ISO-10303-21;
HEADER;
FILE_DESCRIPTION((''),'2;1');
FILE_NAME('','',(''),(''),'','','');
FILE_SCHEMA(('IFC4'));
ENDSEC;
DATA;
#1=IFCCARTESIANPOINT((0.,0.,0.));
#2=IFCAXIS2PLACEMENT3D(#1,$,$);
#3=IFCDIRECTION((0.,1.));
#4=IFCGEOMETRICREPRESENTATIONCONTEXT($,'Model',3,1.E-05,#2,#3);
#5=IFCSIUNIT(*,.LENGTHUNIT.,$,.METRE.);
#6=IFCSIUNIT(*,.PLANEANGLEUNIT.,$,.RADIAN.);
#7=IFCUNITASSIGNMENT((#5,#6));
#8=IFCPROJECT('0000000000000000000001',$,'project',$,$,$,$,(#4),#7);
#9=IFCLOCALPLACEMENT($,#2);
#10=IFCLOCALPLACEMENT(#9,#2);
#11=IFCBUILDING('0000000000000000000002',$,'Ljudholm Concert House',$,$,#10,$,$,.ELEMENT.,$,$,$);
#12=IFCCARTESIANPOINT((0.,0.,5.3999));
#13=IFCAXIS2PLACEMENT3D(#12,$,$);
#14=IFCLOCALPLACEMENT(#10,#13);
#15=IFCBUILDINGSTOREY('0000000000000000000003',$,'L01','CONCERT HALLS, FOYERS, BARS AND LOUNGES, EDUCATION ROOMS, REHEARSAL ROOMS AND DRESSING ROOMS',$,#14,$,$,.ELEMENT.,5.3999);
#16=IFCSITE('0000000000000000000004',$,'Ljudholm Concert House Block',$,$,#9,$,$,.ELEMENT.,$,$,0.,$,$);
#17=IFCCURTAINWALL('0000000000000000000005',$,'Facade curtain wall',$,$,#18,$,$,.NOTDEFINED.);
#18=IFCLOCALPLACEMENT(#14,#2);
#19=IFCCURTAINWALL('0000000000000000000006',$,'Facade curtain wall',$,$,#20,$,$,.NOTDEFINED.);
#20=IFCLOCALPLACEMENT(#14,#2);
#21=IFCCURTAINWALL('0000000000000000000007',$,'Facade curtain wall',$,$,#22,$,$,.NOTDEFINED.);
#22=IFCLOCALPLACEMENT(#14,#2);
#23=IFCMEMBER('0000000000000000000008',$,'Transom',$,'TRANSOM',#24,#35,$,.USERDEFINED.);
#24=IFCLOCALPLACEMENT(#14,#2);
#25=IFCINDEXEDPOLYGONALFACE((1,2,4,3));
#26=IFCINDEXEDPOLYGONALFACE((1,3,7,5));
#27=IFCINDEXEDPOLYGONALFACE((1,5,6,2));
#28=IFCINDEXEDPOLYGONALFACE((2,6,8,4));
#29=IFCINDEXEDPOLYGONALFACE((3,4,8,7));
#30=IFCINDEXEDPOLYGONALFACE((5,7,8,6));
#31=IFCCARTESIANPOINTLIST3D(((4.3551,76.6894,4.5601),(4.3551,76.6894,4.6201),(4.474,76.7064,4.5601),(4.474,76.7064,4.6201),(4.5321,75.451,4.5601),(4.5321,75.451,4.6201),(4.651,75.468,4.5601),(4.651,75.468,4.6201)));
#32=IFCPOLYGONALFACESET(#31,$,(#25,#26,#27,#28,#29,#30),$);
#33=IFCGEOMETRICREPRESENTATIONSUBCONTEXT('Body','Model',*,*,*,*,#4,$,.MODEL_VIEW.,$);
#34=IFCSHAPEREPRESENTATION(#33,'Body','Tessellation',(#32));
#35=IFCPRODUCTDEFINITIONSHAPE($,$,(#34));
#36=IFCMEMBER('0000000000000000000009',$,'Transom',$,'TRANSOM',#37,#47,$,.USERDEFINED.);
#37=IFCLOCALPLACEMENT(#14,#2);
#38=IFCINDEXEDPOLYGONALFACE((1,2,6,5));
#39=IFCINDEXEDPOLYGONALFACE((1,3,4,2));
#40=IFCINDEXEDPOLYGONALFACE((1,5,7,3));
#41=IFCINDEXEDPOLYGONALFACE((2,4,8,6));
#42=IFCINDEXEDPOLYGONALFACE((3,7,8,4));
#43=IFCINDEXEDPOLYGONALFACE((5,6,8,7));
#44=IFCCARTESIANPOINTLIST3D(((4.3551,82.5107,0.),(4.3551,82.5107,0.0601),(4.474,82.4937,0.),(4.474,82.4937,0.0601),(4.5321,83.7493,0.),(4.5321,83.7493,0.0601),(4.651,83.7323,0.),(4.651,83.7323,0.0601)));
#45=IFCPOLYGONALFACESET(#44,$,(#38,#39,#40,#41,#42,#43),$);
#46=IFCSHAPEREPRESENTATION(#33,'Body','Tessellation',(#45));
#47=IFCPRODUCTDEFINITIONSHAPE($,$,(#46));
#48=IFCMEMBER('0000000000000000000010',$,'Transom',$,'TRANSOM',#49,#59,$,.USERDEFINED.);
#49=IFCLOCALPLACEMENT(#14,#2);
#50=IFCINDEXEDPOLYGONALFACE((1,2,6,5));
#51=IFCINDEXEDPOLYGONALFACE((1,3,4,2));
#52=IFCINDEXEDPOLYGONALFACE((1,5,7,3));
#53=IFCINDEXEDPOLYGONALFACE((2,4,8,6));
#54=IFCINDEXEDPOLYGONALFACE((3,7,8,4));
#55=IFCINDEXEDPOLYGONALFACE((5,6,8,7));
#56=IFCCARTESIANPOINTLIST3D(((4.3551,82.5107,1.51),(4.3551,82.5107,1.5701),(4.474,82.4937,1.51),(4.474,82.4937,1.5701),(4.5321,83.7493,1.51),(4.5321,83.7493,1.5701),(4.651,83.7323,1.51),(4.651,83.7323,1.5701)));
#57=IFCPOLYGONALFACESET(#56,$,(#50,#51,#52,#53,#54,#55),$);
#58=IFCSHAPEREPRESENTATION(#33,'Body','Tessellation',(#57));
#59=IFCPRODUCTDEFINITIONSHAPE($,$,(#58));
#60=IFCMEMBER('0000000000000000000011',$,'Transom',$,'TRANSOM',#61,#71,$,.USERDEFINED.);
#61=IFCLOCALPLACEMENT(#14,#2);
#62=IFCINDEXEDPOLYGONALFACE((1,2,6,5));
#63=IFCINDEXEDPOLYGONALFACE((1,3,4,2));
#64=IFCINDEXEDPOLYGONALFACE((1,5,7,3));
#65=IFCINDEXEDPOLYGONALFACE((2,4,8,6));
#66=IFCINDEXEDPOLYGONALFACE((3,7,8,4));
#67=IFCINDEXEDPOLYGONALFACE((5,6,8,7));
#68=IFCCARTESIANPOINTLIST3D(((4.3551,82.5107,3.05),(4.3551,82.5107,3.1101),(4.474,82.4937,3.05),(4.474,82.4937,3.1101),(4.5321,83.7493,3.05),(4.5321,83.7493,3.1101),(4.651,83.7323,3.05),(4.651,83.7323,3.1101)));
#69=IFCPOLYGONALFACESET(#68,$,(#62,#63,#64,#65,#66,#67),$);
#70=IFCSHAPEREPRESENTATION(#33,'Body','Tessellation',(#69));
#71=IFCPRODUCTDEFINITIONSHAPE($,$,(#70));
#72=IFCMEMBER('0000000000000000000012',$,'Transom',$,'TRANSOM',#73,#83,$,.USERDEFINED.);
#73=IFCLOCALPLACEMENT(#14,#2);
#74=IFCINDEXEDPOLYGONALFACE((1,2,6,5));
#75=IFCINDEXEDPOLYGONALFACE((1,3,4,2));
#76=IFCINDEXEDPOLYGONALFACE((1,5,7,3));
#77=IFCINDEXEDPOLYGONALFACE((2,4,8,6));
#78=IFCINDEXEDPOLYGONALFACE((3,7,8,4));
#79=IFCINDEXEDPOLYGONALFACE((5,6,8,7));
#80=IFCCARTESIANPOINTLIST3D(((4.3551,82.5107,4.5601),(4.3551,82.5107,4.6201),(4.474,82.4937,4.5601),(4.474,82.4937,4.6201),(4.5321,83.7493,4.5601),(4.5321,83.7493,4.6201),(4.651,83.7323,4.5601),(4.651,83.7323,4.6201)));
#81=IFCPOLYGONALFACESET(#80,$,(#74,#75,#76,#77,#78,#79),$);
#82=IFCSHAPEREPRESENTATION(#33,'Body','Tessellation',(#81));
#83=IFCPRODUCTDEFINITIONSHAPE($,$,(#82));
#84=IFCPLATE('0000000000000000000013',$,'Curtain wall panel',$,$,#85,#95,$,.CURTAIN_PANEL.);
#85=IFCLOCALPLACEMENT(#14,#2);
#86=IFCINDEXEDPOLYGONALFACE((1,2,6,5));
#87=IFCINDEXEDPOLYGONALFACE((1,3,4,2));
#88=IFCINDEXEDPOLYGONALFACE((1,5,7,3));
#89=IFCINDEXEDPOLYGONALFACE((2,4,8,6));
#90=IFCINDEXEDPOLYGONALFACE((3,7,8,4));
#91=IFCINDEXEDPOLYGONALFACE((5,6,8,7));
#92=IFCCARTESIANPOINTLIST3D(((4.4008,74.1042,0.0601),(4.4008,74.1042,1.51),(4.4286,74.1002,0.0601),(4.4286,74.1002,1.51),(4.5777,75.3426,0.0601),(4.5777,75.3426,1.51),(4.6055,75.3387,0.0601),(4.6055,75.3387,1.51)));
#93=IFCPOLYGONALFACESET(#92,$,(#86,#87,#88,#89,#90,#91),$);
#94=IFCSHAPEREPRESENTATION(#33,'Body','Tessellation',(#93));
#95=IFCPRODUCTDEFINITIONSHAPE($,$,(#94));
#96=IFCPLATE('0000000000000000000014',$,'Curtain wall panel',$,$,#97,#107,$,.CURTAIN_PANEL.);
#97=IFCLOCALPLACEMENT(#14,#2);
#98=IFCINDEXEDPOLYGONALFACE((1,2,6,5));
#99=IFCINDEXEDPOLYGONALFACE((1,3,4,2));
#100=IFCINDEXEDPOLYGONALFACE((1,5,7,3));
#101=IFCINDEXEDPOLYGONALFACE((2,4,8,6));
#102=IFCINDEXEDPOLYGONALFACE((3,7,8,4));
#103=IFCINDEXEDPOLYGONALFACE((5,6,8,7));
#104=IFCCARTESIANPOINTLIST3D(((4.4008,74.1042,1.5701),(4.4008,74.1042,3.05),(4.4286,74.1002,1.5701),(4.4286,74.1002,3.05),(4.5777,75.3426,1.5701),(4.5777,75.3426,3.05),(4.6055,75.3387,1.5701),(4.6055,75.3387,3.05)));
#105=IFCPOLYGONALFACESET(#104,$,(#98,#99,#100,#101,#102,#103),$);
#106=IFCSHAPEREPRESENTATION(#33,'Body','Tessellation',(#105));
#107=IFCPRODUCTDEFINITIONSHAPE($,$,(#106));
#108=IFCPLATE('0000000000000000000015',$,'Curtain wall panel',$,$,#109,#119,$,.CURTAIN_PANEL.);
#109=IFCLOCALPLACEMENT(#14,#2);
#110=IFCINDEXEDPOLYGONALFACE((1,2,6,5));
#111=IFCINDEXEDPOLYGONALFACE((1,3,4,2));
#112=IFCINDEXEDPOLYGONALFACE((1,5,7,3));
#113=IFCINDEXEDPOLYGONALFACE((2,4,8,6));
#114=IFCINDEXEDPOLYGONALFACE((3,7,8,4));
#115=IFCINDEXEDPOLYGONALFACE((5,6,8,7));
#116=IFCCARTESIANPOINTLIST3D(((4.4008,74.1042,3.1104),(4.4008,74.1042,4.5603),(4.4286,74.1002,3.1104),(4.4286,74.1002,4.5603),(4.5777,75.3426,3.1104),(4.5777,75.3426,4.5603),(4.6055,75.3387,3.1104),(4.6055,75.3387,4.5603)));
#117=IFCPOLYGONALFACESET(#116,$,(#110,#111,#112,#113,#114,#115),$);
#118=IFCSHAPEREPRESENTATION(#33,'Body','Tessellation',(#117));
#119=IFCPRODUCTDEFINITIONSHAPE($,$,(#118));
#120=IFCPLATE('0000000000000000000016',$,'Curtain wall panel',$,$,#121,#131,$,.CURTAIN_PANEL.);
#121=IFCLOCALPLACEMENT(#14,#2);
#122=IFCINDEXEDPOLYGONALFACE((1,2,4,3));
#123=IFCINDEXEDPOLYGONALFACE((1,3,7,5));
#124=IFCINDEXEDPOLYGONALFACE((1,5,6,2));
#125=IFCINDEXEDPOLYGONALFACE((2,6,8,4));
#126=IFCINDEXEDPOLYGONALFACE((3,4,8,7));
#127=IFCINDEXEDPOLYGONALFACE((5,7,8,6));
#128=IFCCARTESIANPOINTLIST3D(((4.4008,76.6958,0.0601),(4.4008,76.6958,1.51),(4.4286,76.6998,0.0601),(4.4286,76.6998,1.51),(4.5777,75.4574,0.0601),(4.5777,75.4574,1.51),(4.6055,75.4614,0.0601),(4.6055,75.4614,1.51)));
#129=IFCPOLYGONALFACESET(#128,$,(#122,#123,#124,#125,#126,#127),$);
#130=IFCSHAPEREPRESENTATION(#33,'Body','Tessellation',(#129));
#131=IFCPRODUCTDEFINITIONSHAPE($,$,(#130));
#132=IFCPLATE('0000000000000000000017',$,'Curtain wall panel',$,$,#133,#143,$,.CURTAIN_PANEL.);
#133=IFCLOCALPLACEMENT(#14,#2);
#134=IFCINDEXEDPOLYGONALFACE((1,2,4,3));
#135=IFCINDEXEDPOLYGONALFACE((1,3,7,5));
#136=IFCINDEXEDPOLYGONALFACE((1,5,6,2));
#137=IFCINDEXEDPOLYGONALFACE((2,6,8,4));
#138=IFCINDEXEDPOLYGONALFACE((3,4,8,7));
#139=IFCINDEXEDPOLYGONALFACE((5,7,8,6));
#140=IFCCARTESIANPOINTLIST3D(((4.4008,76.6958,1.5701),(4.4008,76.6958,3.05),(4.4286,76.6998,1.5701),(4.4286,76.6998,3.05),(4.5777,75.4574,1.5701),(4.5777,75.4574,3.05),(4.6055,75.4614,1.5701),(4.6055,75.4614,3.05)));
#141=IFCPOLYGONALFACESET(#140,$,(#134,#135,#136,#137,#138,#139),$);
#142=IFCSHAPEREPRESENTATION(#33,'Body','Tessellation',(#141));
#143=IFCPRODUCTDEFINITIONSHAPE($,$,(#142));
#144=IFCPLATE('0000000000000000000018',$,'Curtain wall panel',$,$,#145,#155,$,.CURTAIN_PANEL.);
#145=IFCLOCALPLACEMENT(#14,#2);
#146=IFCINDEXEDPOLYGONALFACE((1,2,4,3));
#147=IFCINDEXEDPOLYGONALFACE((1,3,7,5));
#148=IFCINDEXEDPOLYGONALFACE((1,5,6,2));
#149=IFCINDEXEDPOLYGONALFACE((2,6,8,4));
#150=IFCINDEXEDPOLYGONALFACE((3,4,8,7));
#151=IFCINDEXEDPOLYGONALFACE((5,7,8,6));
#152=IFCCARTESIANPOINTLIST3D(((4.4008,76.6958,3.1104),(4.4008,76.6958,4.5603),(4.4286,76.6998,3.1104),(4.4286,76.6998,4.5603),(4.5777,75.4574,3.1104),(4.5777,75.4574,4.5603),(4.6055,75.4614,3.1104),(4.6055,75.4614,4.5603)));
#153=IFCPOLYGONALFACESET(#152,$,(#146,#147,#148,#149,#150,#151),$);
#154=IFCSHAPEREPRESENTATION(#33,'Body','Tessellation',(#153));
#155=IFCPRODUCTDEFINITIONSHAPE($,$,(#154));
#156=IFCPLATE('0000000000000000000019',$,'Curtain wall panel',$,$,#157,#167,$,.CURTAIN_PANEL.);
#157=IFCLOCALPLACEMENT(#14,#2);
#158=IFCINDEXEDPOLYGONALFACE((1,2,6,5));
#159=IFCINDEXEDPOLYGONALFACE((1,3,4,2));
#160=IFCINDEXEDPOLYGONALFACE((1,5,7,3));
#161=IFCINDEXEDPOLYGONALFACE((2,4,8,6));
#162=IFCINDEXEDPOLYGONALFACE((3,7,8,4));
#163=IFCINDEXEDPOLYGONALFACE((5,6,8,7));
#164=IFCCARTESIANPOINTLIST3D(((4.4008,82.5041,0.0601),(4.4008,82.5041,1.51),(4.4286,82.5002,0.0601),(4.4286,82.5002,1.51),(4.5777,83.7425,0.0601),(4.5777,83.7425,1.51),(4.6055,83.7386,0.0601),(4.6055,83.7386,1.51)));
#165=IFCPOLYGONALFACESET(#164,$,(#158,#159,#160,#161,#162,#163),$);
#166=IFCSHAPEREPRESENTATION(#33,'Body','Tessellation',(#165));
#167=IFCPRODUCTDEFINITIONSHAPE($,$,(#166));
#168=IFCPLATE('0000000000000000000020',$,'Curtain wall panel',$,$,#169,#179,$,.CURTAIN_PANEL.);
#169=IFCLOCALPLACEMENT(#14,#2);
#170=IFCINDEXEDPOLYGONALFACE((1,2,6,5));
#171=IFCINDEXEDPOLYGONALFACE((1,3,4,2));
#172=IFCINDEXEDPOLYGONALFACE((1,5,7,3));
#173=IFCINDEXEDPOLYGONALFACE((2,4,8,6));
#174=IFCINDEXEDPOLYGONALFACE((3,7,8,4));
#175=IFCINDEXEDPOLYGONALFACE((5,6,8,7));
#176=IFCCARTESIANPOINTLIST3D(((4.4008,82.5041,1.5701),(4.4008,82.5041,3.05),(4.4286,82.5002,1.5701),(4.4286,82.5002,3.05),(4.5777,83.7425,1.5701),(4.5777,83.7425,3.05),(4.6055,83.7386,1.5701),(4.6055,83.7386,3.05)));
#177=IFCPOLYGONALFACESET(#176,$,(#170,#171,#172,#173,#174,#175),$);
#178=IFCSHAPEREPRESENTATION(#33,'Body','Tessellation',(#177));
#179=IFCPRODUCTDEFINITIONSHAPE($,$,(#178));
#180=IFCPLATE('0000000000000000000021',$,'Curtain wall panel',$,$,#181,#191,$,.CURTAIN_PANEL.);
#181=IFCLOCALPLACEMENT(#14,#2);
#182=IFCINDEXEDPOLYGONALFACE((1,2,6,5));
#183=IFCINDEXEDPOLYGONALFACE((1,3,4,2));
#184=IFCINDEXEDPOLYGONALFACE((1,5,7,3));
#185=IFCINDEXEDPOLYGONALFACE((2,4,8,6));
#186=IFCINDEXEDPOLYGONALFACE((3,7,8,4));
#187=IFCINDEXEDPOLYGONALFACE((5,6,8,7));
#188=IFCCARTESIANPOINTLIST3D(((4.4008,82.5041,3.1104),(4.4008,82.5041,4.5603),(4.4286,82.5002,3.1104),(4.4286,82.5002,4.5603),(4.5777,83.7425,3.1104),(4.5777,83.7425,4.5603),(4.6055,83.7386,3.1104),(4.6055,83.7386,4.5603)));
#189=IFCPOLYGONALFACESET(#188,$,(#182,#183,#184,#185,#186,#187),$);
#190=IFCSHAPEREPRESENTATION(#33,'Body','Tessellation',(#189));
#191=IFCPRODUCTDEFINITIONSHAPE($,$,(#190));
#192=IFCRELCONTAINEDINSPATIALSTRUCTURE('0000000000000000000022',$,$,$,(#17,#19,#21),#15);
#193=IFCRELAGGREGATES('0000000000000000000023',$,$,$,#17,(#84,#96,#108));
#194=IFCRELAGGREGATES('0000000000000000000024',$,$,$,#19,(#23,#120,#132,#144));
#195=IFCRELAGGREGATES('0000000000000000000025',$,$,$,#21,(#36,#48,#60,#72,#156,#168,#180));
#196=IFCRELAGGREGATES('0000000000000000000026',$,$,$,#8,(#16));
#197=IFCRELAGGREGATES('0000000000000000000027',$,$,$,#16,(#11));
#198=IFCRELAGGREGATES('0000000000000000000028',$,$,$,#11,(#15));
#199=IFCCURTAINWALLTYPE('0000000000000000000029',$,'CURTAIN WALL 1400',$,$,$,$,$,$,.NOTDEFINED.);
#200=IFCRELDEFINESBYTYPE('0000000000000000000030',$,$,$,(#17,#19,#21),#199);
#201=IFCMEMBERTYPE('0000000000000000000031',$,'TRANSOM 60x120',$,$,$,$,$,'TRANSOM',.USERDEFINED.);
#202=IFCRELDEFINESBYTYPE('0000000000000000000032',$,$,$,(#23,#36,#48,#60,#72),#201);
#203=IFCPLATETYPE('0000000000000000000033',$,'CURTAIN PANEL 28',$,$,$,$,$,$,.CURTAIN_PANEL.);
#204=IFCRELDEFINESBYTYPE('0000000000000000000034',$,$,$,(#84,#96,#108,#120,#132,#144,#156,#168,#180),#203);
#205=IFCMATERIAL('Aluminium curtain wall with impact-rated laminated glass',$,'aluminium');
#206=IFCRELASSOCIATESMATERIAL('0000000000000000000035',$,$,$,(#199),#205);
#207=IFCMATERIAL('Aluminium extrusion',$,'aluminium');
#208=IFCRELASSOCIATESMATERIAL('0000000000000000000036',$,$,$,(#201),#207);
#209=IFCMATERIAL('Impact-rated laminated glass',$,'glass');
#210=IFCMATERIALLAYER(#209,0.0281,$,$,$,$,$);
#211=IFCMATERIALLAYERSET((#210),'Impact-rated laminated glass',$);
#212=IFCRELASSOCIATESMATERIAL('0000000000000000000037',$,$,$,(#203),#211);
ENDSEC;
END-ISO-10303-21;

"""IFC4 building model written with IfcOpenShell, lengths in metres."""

from ifc_helpers import new_model, si_unit, direction, frame, origin, origin_2d, place, context, subcontext, project, spatial, rectangle, extrude, material, layer, layer_set, material_profile, profile_set, type_object, element, aggregate, save


model = new_model("IFC4")

# Units and contexts
model_context = context("Model", 3, precision=1e-05, world=origin(), true_north=direction((0.0, 1.0)))
body_context = subcontext(model_context, "Body", "Model", "MODEL_VIEW")
ifc_project = project(units=[si_unit("LENGTHUNIT", "METRE"), si_unit("PLANEANGLEUNIT", "RADIAN")], contexts=[model_context])

# Site, building, storey
site_placement = place(None, origin())
site = spatial("IfcSite", under=ifc_project, at=site_placement, Name="Ljudholm Concert House Block", CompositionType="ELEMENT", RefElevation=0.0)
building_placement = place(site_placement, origin())
building = spatial("IfcBuilding", under=site, at=building_placement, Name="Ljudholm Concert House", CompositionType="ELEMENT")
storey_placement = place(building_placement, frame((0.0, 0.0, 5.3999)))
storey = spatial("IfcBuildingStorey", under=building, at=storey_placement, Name="L01", Description="CONCERT HALLS, FOYERS, BARS AND LOUNGES, EDUCATION ROOMS, REHEARSAL ROOMS AND DRESSING ROOMS", CompositionType="ELEMENT", Elevation=5.3999)

# Curtain wall
ifc_material_1 = material(Name="Aluminium curtain wall with impact-rated laminated glass", Category="aluminium")
curtain_wall_type = type_object("IfcCurtainWallType", Name="CURTAIN WALL 1400", PredefinedType="NOTDEFINED", material=ifc_material_1)
curtain_wall_1_placement = place(storey_placement, origin())
curtain_wall_1 = element("IfcCurtainWall", 1, at=curtain_wall_1_placement, inside=storey, type_object=curtain_wall_type, Name="Facade curtain wall", PredefinedType="NOTDEFINED")

# Curtain walls
curtain_wall_2_placement = place(storey_placement, origin())
curtain_wall_2 = element("IfcCurtainWall", 2, at=curtain_wall_2_placement, inside=storey, type_object=curtain_wall_type, Name="Facade curtain wall", PredefinedType="NOTDEFINED")
curtain_wall_3_placement = place(storey_placement, origin())
curtain_wall_3 = element("IfcCurtainWall", 3, at=curtain_wall_3_placement, inside=storey, type_object=curtain_wall_type, Name="Facade curtain wall", PredefinedType="NOTDEFINED")

# Members
ifc_material_2 = material(Name="Aluminium extrusion", Category="aluminium")
ifc_material_profile_1 = material_profile(ifc_material_2, rectangle(XDim=0.1201, YDim=0.0601, at=origin_2d()), Name="TRANSOM 60x120")
ifc_profile_set_1 = profile_set([ifc_material_profile_1], Name="Aluminium extrusion")
member_type_1 = type_object("IfcMemberType", Name="TRANSOM 60x120", ElementType="TRANSOM", PredefinedType="USERDEFINED", material=ifc_profile_set_1)
member_1_placement = place(storey_placement, frame((4.5916, 75.4595, 4.5901), z_axis=(-0.141503, 0.989938, 0.0), x_axis=(-0.989938, -0.141503, 0.0)))
member_1 = element("IfcMember", 4, at=member_1_placement, type_object=member_type_1, Name="Transom", ObjectType="TRANSOM", PredefinedType="USERDEFINED", context=body_context, shape_type="SweptSolid", body=[
    extrude(rectangle(XDim=0.1201, YDim=0.0601, at=origin_2d()), origin(), (0.0, 0.0, 1.0), 1.251),
])
member_2_placement = place(storey_placement, frame((4.4146, 82.5022, 0.03), z_axis=(0.141476, 0.989942, 0.0), x_axis=(-0.989942, 0.141476, 0.0)))
member_2 = element("IfcMember", 5, at=member_2_placement, type_object=member_type_1, Name="Transom", ObjectType="TRANSOM", PredefinedType="USERDEFINED", context=body_context, shape_type="SweptSolid", body=[
    extrude(rectangle(XDim=0.1201, YDim=0.0601, at=origin_2d()), origin(), (0.0, 0.0, 1.0), 1.2512),
])
member_3_placement = place(storey_placement, frame((4.4146, 82.5022, 1.54), z_axis=(0.141476, 0.989942, 0.0), x_axis=(-0.989942, 0.141476, 0.0)))
member_3 = element("IfcMember", 6, at=member_3_placement, type_object=member_type_1, Name="Transom", ObjectType="TRANSOM", PredefinedType="USERDEFINED", context=body_context, shape_type="SweptSolid", body=[
    extrude(rectangle(XDim=0.1201, YDim=0.0601, at=origin_2d()), origin(), (0.0, 0.0, 1.0), 1.2512),
])
member_4_placement = place(storey_placement, frame((4.4146, 82.5022, 3.0801), z_axis=(0.141476, 0.989942, 0.0), x_axis=(-0.989942, 0.141476, 0.0)))
member_4 = element("IfcMember", 7, at=member_4_placement, type_object=member_type_1, Name="Transom", ObjectType="TRANSOM", PredefinedType="USERDEFINED", context=body_context, shape_type="SweptSolid", body=[
    extrude(rectangle(XDim=0.1201, YDim=0.0601, at=origin_2d()), origin(), (0.0, 0.0, 1.0), 1.2512),
])
member_5_placement = place(storey_placement, frame((4.4146, 82.5022, 4.5901), z_axis=(0.141476, 0.989942, 0.0), x_axis=(-0.989942, 0.141476, 0.0)))
member_5 = element("IfcMember", 8, at=member_5_placement, type_object=member_type_1, Name="Transom", ObjectType="TRANSOM", PredefinedType="USERDEFINED", context=body_context, shape_type="SweptSolid", body=[
    extrude(rectangle(XDim=0.1201, YDim=0.0601, at=origin_2d()), origin(), (0.0, 0.0, 1.0), 1.2512),
])

# Plates
ifc_material_3 = material(Name="Impact-rated laminated glass", Category="glass")
ifc_layer = layer(ifc_material_3, 0.0281)
ifc_layer_set = layer_set([ifc_layer], Name="Impact-rated laminated glass")
plate_type = type_object("IfcPlateType", Name="CURTAIN PANEL 28", PredefinedType="CURTAIN_PANEL", material=ifc_layer_set)
plate_1_placement = place(storey_placement, frame((4.5032, 74.7214, 0.0601), z_axis=(0.0, 0.0, 1.0), x_axis=(0.141421, 0.989949, 0.0)))
plate_1 = element("IfcPlate", 9, at=plate_1_placement, type_object=plate_type, Name="Curtain wall panel", PredefinedType="CURTAIN_PANEL", context=body_context, shape_type="SweptSolid", body=[
    extrude(rectangle(XDim=1.251, YDim=0.0281, at=origin_2d()), origin(), (0.0, 0.0, 1.0), 1.45),
])
plate_2_placement = place(storey_placement, frame((4.5032, 74.7214, 1.5701), z_axis=(0.0, 0.0, 1.0), x_axis=(0.141421, 0.989949, 0.0)))
plate_2 = element("IfcPlate", 10, at=plate_2_placement, type_object=plate_type, Name="Curtain wall panel", PredefinedType="CURTAIN_PANEL", context=body_context, shape_type="SweptSolid", body=[
    extrude(rectangle(XDim=1.251, YDim=0.0281, at=origin_2d()), origin(), (0.0, 0.0, 1.0), 1.48),
])
plate_3_placement = place(storey_placement, frame((4.5032, 74.7214, 3.1104), z_axis=(0.0, 0.0, 1.0), x_axis=(0.141421, 0.989949, 0.0)))
plate_3 = element("IfcPlate", 11, at=plate_3_placement, type_object=plate_type, Name="Curtain wall panel", PredefinedType="CURTAIN_PANEL", context=body_context, shape_type="SweptSolid", body=[
    extrude(rectangle(XDim=1.251, YDim=0.0281, at=origin_2d()), origin(), (0.0, 0.0, 1.0), 1.45),
])
aggregate(curtain_wall_1, [plate_1, plate_2, plate_3])
plate_4_placement = place(storey_placement, frame((4.5032, 76.0786, 0.0601), z_axis=(0.0, 0.0, 1.0), x_axis=(-0.141421, 0.989949, 0.0)))
plate_4 = element("IfcPlate", 12, at=plate_4_placement, type_object=plate_type, Name="Curtain wall panel", PredefinedType="CURTAIN_PANEL", context=body_context, shape_type="SweptSolid", body=[
    extrude(rectangle(XDim=1.251, YDim=0.0281, at=origin_2d()), origin(), (0.0, 0.0, 1.0), 1.45),
])
plate_5_placement = place(storey_placement, frame((4.5032, 76.0786, 1.5701), z_axis=(0.0, 0.0, 1.0), x_axis=(-0.141421, 0.989949, 0.0)))
plate_5 = element("IfcPlate", 13, at=plate_5_placement, type_object=plate_type, Name="Curtain wall panel", PredefinedType="CURTAIN_PANEL", context=body_context, shape_type="SweptSolid", body=[
    extrude(rectangle(XDim=1.251, YDim=0.0281, at=origin_2d()), origin(), (0.0, 0.0, 1.0), 1.48),
])
plate_6_placement = place(storey_placement, frame((4.5032, 76.0786, 3.1104), z_axis=(0.0, 0.0, 1.0), x_axis=(-0.141421, 0.989949, 0.0)))
plate_6 = element("IfcPlate", 14, at=plate_6_placement, type_object=plate_type, Name="Curtain wall panel", PredefinedType="CURTAIN_PANEL", context=body_context, shape_type="SweptSolid", body=[
    extrude(rectangle(XDim=1.251, YDim=0.0281, at=origin_2d()), origin(), (0.0, 0.0, 1.0), 1.45),
])
aggregate(curtain_wall_2, [member_1, plate_4, plate_5, plate_6])
plate_7_placement = place(storey_placement, frame((4.5032, 83.1213, 0.0601), z_axis=(0.0, 0.0, 1.0), x_axis=(0.141421, 0.989949, 0.0)))
plate_7 = element("IfcPlate", 15, at=plate_7_placement, type_object=plate_type, Name="Curtain wall panel", PredefinedType="CURTAIN_PANEL", context=body_context, shape_type="SweptSolid", body=[
    extrude(rectangle(XDim=1.251, YDim=0.0281, at=origin_2d()), origin(), (0.0, 0.0, 1.0), 1.45),
])
plate_8_placement = place(storey_placement, frame((4.5032, 83.1213, 1.5701), z_axis=(0.0, 0.0, 1.0), x_axis=(0.141421, 0.989949, 0.0)))
plate_8 = element("IfcPlate", 16, at=plate_8_placement, type_object=plate_type, Name="Curtain wall panel", PredefinedType="CURTAIN_PANEL", context=body_context, shape_type="SweptSolid", body=[
    extrude(rectangle(XDim=1.251, YDim=0.0281, at=origin_2d()), origin(), (0.0, 0.0, 1.0), 1.48),
])
plate_9_placement = place(storey_placement, frame((4.5032, 83.1213, 3.1104), z_axis=(0.0, 0.0, 1.0), x_axis=(0.141421, 0.989949, 0.0)))
plate_9 = element("IfcPlate", 17, at=plate_9_placement, type_object=plate_type, Name="Curtain wall panel", PredefinedType="CURTAIN_PANEL", context=body_context, shape_type="SweptSolid", body=[
    extrude(rectangle(XDim=1.251, YDim=0.0281, at=origin_2d()), origin(), (0.0, 0.0, 1.0), 1.45),
])
aggregate(curtain_wall_3, [member_2, member_3, member_4, member_5, plate_7, plate_8, plate_9])

save(model, "model.ifc")
